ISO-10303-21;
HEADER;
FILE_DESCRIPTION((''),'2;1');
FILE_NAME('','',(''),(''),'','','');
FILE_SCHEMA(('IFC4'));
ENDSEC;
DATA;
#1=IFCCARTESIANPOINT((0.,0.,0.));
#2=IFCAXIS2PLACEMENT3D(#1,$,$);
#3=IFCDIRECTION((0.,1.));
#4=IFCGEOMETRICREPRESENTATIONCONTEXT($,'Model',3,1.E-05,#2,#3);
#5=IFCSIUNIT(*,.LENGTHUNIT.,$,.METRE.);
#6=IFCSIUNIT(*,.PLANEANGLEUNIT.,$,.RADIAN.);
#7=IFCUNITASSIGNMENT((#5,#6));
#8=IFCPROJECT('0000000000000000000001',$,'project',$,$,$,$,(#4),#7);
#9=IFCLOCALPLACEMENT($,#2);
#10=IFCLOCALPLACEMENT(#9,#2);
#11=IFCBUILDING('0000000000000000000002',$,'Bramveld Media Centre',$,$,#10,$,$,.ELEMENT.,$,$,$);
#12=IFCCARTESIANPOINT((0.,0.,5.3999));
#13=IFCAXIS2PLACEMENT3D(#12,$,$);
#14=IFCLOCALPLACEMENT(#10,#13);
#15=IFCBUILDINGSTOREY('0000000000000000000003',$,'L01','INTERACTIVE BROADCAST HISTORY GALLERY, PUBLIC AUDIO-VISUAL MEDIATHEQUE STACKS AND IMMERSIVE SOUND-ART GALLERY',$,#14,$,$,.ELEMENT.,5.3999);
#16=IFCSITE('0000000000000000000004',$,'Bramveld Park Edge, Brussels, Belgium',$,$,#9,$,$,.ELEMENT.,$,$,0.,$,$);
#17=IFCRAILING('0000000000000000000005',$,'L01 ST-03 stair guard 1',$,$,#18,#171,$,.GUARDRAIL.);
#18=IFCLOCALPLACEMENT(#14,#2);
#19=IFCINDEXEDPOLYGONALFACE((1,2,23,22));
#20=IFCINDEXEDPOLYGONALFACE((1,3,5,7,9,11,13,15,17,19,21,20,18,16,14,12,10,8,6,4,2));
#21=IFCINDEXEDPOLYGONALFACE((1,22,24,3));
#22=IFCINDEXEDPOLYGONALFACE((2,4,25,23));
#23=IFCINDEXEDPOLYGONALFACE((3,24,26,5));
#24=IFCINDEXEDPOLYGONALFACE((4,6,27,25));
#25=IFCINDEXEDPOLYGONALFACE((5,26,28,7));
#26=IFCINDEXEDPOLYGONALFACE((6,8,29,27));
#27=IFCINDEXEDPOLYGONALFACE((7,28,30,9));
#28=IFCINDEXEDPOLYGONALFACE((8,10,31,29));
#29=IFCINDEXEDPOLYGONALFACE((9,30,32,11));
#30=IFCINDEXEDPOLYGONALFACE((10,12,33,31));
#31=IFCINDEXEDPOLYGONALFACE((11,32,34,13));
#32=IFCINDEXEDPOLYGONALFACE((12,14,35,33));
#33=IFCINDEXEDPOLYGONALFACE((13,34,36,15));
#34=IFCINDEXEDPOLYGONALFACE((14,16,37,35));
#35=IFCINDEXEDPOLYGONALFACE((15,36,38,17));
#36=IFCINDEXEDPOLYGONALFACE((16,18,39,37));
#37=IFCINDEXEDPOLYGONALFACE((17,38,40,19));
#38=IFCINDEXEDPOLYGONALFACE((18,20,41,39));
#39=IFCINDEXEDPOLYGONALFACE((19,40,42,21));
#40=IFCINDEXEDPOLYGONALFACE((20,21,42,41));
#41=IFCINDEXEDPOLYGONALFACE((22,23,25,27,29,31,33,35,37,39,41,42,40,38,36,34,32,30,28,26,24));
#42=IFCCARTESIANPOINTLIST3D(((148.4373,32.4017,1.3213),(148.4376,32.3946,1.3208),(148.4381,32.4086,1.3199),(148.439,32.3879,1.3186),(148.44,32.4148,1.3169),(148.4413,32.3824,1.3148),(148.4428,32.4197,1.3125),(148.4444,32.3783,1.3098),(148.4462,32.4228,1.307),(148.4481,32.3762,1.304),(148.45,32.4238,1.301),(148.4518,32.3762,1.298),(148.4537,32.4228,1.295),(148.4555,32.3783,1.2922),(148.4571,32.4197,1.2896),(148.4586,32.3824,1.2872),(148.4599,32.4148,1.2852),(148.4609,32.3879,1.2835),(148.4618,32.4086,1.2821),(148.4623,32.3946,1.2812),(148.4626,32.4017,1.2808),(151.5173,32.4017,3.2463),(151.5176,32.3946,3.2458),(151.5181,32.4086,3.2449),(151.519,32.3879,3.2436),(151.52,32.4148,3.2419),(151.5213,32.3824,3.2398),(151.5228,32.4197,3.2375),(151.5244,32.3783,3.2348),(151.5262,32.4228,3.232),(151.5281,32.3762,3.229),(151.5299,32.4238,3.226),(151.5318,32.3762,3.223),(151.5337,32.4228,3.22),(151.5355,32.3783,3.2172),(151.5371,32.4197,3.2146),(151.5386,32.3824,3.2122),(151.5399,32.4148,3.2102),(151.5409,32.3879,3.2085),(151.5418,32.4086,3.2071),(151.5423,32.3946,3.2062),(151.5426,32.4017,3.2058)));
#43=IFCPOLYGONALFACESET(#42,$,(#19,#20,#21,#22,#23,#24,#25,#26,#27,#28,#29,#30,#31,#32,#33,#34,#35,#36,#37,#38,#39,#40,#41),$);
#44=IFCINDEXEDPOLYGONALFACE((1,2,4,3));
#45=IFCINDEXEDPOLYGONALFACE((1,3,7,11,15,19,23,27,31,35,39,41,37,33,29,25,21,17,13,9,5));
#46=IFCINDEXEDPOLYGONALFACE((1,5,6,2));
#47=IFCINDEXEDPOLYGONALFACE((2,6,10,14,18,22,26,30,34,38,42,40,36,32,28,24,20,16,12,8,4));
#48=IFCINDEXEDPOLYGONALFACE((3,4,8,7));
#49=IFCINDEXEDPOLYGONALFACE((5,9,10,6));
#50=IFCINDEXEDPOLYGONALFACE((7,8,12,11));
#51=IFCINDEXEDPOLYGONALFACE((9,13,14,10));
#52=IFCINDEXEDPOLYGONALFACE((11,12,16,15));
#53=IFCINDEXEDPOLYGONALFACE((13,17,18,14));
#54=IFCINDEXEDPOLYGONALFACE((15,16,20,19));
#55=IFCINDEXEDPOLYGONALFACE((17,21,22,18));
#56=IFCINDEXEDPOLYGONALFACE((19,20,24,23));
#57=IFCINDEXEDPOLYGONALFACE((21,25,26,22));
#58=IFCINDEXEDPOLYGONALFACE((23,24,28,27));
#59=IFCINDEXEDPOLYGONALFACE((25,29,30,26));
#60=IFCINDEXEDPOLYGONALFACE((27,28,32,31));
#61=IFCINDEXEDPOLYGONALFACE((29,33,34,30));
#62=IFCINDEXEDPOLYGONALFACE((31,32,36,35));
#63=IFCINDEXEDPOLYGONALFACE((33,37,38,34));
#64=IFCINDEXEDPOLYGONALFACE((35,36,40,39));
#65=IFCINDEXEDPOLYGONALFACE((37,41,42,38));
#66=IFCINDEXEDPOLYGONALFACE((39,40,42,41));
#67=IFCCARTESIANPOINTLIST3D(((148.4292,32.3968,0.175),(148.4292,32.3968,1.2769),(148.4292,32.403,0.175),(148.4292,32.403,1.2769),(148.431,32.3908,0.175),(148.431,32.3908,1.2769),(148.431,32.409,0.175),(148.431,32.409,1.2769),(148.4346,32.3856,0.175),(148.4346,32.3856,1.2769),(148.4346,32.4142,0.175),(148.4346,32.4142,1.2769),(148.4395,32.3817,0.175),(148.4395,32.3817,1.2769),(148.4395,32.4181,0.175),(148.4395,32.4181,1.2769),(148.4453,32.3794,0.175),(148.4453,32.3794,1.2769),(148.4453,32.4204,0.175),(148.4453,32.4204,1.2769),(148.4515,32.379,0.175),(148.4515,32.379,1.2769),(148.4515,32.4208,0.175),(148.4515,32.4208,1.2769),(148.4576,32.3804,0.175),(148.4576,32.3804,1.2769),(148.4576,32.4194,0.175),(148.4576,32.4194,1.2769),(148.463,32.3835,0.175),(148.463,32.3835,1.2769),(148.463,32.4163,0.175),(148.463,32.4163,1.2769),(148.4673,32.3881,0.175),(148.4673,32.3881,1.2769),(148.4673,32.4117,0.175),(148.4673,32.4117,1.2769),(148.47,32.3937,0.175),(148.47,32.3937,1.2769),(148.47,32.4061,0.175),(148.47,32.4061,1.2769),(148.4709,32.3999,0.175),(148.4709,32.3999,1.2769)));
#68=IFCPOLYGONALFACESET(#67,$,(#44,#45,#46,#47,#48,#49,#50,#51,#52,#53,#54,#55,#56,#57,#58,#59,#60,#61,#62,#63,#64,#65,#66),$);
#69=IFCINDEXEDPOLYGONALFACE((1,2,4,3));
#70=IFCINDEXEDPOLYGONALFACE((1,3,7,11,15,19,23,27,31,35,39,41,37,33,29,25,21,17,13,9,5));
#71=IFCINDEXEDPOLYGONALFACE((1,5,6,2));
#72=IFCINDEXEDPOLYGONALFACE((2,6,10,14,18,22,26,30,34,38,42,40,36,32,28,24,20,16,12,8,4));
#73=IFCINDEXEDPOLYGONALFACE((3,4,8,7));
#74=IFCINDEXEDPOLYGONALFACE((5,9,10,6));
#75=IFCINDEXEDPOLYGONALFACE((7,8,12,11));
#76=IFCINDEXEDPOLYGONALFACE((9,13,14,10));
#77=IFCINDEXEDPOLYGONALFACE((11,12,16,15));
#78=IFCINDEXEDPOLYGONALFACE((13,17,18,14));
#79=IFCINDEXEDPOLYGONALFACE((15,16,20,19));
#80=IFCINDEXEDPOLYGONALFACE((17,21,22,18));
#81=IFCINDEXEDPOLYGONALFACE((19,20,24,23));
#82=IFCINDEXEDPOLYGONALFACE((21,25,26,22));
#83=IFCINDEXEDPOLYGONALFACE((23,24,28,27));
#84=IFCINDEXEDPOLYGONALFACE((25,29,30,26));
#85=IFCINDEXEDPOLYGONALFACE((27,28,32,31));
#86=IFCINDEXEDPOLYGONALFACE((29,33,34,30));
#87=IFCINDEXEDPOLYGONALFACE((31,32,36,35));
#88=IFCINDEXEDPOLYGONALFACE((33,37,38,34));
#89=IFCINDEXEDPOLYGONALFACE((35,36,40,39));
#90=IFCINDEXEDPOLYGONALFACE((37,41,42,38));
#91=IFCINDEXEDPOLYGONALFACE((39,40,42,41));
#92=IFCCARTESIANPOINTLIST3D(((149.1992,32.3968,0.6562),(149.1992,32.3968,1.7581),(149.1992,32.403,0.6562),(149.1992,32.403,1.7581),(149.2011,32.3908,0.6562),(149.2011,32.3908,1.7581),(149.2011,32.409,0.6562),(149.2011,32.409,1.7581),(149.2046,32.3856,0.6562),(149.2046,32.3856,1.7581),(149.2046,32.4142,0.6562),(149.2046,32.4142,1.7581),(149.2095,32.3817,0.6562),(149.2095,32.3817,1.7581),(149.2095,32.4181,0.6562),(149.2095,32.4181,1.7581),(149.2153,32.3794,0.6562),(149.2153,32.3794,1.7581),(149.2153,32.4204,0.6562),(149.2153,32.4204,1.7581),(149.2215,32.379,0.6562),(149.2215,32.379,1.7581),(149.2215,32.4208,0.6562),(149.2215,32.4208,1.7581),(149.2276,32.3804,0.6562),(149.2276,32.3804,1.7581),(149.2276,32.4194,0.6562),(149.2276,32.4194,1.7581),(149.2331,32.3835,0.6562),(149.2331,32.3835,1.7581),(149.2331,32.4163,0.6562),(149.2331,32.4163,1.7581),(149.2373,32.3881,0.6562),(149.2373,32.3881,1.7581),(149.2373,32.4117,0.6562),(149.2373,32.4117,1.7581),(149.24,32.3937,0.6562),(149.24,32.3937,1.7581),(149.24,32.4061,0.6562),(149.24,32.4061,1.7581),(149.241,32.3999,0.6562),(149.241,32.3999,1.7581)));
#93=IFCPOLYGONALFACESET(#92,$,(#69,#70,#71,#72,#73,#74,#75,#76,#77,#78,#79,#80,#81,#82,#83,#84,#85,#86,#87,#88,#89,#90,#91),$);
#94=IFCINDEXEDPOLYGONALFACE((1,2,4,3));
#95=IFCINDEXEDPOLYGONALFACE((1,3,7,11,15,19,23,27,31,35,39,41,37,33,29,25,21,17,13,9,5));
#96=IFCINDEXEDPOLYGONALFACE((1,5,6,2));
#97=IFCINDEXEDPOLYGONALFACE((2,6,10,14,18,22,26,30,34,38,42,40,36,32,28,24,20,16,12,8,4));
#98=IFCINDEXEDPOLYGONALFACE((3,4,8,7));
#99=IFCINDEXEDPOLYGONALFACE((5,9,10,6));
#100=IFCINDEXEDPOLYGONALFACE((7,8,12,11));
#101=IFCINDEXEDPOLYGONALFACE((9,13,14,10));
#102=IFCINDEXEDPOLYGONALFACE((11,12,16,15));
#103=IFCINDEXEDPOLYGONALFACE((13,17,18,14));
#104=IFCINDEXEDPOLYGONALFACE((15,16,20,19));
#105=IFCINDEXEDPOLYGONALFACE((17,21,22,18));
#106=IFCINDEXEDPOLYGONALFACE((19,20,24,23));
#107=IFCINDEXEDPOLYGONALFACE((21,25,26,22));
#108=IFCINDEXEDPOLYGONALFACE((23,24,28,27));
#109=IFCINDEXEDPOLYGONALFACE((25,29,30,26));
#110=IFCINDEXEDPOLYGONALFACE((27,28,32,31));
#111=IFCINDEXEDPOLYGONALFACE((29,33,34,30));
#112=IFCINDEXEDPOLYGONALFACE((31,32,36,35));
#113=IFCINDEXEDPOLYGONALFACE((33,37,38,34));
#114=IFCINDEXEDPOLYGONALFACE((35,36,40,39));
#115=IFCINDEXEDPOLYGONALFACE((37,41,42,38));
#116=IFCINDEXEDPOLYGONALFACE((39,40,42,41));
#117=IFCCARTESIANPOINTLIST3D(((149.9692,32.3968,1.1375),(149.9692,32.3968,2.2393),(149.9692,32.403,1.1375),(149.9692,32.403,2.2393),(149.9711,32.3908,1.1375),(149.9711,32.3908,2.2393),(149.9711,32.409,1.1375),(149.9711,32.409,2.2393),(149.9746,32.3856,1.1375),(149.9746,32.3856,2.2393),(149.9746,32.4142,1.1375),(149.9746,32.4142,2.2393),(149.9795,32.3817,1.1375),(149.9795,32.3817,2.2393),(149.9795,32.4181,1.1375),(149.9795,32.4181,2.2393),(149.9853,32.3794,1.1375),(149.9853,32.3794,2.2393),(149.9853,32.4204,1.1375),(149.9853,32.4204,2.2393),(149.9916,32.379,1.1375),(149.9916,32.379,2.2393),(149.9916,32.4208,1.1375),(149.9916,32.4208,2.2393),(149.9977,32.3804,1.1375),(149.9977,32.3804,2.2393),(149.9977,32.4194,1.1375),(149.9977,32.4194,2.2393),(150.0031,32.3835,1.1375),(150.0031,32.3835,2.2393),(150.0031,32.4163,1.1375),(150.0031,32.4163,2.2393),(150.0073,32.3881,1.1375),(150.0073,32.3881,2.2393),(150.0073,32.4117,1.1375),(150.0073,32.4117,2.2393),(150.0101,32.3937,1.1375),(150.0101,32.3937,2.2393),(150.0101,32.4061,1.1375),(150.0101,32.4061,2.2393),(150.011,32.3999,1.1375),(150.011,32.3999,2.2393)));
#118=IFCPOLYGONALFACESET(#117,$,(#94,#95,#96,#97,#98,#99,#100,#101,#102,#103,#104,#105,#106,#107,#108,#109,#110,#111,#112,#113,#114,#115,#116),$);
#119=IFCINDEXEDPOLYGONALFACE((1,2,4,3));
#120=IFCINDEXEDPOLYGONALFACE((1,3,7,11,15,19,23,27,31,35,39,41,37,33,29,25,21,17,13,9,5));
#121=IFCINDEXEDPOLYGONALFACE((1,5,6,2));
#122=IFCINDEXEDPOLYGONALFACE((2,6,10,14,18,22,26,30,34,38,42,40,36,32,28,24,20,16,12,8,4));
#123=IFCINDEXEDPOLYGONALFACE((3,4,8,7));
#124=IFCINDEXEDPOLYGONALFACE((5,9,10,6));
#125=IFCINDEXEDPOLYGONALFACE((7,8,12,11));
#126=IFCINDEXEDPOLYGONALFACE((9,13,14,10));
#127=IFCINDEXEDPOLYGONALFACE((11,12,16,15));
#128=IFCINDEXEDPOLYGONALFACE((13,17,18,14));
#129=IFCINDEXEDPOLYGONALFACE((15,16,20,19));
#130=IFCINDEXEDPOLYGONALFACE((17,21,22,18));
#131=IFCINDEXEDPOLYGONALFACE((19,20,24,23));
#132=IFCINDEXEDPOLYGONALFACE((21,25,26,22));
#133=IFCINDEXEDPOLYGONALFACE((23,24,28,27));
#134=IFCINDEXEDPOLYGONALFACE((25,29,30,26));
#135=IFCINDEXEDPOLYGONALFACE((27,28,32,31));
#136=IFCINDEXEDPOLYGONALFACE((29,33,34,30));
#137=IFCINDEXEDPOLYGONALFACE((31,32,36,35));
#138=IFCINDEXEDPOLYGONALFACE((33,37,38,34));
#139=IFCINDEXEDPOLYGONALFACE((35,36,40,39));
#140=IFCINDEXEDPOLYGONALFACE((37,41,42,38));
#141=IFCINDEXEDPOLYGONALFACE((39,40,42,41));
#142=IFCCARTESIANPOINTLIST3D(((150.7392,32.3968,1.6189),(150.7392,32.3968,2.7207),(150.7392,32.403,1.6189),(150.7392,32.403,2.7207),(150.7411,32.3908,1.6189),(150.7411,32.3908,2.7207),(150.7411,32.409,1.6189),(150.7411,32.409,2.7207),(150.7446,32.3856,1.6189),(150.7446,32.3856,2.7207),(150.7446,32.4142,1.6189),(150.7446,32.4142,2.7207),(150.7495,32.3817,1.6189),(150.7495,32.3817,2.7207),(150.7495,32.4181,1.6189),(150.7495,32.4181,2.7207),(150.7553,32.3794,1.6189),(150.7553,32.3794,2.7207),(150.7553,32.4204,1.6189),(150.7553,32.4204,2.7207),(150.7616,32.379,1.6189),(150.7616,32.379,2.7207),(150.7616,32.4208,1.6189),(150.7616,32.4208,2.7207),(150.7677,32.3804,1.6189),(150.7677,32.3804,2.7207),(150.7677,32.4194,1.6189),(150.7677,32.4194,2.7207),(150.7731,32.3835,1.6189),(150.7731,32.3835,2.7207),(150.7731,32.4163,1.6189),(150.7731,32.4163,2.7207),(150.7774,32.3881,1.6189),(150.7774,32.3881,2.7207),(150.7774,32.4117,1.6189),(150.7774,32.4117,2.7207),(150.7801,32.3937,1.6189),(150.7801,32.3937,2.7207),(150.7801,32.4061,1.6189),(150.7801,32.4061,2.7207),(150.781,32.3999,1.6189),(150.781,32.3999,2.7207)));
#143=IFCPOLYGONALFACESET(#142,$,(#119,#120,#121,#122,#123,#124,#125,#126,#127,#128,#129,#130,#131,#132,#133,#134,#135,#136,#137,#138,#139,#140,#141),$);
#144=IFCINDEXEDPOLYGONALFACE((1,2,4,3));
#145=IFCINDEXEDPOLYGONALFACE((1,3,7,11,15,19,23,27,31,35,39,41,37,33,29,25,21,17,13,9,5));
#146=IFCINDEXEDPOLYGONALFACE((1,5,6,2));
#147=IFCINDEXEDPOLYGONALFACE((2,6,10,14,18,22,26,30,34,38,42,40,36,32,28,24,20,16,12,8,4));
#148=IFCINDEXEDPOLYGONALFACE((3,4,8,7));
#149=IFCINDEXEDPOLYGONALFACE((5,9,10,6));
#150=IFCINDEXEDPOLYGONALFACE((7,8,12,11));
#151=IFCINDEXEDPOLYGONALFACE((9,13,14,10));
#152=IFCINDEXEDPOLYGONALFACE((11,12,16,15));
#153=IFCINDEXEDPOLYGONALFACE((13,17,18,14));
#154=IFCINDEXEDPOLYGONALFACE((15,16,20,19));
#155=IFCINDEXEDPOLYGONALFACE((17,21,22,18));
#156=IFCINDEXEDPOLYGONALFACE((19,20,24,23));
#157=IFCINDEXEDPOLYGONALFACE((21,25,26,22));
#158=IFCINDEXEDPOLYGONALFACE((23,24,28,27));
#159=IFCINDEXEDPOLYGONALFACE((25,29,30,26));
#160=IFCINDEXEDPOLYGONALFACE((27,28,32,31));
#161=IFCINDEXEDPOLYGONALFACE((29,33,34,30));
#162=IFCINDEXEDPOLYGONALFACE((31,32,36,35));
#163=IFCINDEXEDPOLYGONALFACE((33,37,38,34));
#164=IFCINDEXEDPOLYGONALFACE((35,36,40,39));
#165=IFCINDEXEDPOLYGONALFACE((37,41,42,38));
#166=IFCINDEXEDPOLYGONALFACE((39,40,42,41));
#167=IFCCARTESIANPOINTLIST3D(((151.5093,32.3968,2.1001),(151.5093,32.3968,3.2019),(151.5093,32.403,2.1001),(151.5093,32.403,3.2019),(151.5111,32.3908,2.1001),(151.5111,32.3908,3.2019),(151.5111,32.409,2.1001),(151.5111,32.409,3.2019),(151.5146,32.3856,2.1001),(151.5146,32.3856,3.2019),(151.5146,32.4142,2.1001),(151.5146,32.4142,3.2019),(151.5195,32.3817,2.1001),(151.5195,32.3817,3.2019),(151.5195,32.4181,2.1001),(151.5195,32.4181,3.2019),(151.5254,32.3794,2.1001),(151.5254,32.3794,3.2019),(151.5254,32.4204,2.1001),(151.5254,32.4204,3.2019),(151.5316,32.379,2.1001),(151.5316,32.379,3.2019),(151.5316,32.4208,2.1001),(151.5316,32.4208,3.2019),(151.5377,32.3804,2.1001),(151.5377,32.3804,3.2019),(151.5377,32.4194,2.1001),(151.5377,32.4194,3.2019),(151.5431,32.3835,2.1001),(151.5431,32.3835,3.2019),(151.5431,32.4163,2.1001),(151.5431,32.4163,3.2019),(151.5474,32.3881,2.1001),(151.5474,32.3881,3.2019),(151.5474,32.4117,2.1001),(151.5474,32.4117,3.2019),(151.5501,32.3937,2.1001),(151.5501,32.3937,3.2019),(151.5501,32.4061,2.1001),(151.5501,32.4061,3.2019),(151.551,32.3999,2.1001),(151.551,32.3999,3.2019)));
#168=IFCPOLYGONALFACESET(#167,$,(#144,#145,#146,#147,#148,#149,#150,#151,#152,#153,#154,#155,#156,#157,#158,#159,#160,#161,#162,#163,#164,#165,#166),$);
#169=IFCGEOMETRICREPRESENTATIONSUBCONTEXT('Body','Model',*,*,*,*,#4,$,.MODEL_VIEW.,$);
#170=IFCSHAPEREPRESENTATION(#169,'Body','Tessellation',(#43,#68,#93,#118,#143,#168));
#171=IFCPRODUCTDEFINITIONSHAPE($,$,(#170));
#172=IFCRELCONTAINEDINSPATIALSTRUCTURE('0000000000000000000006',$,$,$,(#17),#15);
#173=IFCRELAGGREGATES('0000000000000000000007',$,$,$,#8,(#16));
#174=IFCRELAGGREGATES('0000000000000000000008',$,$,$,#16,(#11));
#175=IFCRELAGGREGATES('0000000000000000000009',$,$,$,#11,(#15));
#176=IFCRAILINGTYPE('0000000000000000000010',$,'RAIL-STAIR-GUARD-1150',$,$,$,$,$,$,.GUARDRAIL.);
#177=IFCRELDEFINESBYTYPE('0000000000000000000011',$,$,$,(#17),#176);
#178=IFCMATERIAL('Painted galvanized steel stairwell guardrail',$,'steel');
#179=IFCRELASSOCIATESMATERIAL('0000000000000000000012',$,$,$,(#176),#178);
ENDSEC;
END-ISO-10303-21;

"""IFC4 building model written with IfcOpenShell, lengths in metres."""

from ifc_helpers import new_model, si_unit, direction, frame, origin, origin_2d, place, context, subcontext, project, spatial, circle, extrude, material, type_object, element, save


model = new_model("IFC4")

# Units and contexts
model_context = context("Model", 3, precision=1e-05, world=origin(), true_north=direction((0.0, 1.0)))
body_context = subcontext(model_context, "Body", "Model", "MODEL_VIEW")
ifc_project = project(units=[si_unit("LENGTHUNIT", "METRE"), si_unit("PLANEANGLEUNIT", "RADIAN")], contexts=[model_context])

# Site, building, storey
site_placement = place(None, origin())
site = spatial("IfcSite", under=ifc_project, at=site_placement, Name="Bramveld Park Edge, Brussels, Belgium", CompositionType="ELEMENT", RefElevation=0.0)
building_placement = place(site_placement, origin())
building = spatial("IfcBuilding", under=site, at=building_placement, Name="Bramveld Media Centre", CompositionType="ELEMENT")
storey_placement = place(building_placement, frame((0.0, 0.0, 5.3999)))
storey = spatial("IfcBuildingStorey", under=building, at=storey_placement, Name="L01", Description="INTERACTIVE BROADCAST HISTORY GALLERY, PUBLIC AUDIO-VISUAL MEDIATHEQUE STACKS AND IMMERSIVE SOUND-ART GALLERY", CompositionType="ELEMENT", Elevation=5.3999)

# Railing
ifc_material_1 = material(Name="Painted galvanized steel stairwell guardrail", Category="steel")
railing_type_1 = type_object("IfcRailingType", Name="RAIL-STAIR-GUARD-1150", PredefinedType="GUARDRAIL", material=ifc_material_1)
railing_1_placement = place(storey_placement, frame((148.45, 32.3999, 0.175)))
element("IfcRailing", 1, at=railing_1_placement, inside=storey, type_object=railing_type_1, Name="L01 ST-03 stair guard 1", PredefinedType="GUARDRAIL", context=body_context, shape_type="SweptSolid", body=[
    extrude(circle(Radius=0.0239, at=origin_2d()), frame((0.0, 0.0, 1.126), z_axis=(0.847998, 0.0, 0.529999), x_axis=(0.0, 1.0, 0.0)), (0.0, 0.0, 1.0), 3.6321),
    extrude(circle(Radius=0.021, at=origin_2d()), origin(), (0.0, 0.0, 1.0), 1.1018),
    extrude(circle(Radius=0.021, at=origin_2d()), frame((0.77, 0.0, 0.4812)), (0.0, 0.0, 1.0), 1.1018),
    extrude(circle(Radius=0.021, at=origin_2d()), frame((1.54, 0.0, 0.9624)), (0.0, 0.0, 1.0), 1.1018),
    extrude(circle(Radius=0.021, at=origin_2d()), frame((2.3101, 0.0, 1.4438)), (0.0, 0.0, 1.0), 1.1018),
    extrude(circle(Radius=0.021, at=origin_2d()), frame((3.0801, 0.0, 1.925)), (0.0, 0.0, 1.0), 1.1018),
])

save(model, "model.ifc")
